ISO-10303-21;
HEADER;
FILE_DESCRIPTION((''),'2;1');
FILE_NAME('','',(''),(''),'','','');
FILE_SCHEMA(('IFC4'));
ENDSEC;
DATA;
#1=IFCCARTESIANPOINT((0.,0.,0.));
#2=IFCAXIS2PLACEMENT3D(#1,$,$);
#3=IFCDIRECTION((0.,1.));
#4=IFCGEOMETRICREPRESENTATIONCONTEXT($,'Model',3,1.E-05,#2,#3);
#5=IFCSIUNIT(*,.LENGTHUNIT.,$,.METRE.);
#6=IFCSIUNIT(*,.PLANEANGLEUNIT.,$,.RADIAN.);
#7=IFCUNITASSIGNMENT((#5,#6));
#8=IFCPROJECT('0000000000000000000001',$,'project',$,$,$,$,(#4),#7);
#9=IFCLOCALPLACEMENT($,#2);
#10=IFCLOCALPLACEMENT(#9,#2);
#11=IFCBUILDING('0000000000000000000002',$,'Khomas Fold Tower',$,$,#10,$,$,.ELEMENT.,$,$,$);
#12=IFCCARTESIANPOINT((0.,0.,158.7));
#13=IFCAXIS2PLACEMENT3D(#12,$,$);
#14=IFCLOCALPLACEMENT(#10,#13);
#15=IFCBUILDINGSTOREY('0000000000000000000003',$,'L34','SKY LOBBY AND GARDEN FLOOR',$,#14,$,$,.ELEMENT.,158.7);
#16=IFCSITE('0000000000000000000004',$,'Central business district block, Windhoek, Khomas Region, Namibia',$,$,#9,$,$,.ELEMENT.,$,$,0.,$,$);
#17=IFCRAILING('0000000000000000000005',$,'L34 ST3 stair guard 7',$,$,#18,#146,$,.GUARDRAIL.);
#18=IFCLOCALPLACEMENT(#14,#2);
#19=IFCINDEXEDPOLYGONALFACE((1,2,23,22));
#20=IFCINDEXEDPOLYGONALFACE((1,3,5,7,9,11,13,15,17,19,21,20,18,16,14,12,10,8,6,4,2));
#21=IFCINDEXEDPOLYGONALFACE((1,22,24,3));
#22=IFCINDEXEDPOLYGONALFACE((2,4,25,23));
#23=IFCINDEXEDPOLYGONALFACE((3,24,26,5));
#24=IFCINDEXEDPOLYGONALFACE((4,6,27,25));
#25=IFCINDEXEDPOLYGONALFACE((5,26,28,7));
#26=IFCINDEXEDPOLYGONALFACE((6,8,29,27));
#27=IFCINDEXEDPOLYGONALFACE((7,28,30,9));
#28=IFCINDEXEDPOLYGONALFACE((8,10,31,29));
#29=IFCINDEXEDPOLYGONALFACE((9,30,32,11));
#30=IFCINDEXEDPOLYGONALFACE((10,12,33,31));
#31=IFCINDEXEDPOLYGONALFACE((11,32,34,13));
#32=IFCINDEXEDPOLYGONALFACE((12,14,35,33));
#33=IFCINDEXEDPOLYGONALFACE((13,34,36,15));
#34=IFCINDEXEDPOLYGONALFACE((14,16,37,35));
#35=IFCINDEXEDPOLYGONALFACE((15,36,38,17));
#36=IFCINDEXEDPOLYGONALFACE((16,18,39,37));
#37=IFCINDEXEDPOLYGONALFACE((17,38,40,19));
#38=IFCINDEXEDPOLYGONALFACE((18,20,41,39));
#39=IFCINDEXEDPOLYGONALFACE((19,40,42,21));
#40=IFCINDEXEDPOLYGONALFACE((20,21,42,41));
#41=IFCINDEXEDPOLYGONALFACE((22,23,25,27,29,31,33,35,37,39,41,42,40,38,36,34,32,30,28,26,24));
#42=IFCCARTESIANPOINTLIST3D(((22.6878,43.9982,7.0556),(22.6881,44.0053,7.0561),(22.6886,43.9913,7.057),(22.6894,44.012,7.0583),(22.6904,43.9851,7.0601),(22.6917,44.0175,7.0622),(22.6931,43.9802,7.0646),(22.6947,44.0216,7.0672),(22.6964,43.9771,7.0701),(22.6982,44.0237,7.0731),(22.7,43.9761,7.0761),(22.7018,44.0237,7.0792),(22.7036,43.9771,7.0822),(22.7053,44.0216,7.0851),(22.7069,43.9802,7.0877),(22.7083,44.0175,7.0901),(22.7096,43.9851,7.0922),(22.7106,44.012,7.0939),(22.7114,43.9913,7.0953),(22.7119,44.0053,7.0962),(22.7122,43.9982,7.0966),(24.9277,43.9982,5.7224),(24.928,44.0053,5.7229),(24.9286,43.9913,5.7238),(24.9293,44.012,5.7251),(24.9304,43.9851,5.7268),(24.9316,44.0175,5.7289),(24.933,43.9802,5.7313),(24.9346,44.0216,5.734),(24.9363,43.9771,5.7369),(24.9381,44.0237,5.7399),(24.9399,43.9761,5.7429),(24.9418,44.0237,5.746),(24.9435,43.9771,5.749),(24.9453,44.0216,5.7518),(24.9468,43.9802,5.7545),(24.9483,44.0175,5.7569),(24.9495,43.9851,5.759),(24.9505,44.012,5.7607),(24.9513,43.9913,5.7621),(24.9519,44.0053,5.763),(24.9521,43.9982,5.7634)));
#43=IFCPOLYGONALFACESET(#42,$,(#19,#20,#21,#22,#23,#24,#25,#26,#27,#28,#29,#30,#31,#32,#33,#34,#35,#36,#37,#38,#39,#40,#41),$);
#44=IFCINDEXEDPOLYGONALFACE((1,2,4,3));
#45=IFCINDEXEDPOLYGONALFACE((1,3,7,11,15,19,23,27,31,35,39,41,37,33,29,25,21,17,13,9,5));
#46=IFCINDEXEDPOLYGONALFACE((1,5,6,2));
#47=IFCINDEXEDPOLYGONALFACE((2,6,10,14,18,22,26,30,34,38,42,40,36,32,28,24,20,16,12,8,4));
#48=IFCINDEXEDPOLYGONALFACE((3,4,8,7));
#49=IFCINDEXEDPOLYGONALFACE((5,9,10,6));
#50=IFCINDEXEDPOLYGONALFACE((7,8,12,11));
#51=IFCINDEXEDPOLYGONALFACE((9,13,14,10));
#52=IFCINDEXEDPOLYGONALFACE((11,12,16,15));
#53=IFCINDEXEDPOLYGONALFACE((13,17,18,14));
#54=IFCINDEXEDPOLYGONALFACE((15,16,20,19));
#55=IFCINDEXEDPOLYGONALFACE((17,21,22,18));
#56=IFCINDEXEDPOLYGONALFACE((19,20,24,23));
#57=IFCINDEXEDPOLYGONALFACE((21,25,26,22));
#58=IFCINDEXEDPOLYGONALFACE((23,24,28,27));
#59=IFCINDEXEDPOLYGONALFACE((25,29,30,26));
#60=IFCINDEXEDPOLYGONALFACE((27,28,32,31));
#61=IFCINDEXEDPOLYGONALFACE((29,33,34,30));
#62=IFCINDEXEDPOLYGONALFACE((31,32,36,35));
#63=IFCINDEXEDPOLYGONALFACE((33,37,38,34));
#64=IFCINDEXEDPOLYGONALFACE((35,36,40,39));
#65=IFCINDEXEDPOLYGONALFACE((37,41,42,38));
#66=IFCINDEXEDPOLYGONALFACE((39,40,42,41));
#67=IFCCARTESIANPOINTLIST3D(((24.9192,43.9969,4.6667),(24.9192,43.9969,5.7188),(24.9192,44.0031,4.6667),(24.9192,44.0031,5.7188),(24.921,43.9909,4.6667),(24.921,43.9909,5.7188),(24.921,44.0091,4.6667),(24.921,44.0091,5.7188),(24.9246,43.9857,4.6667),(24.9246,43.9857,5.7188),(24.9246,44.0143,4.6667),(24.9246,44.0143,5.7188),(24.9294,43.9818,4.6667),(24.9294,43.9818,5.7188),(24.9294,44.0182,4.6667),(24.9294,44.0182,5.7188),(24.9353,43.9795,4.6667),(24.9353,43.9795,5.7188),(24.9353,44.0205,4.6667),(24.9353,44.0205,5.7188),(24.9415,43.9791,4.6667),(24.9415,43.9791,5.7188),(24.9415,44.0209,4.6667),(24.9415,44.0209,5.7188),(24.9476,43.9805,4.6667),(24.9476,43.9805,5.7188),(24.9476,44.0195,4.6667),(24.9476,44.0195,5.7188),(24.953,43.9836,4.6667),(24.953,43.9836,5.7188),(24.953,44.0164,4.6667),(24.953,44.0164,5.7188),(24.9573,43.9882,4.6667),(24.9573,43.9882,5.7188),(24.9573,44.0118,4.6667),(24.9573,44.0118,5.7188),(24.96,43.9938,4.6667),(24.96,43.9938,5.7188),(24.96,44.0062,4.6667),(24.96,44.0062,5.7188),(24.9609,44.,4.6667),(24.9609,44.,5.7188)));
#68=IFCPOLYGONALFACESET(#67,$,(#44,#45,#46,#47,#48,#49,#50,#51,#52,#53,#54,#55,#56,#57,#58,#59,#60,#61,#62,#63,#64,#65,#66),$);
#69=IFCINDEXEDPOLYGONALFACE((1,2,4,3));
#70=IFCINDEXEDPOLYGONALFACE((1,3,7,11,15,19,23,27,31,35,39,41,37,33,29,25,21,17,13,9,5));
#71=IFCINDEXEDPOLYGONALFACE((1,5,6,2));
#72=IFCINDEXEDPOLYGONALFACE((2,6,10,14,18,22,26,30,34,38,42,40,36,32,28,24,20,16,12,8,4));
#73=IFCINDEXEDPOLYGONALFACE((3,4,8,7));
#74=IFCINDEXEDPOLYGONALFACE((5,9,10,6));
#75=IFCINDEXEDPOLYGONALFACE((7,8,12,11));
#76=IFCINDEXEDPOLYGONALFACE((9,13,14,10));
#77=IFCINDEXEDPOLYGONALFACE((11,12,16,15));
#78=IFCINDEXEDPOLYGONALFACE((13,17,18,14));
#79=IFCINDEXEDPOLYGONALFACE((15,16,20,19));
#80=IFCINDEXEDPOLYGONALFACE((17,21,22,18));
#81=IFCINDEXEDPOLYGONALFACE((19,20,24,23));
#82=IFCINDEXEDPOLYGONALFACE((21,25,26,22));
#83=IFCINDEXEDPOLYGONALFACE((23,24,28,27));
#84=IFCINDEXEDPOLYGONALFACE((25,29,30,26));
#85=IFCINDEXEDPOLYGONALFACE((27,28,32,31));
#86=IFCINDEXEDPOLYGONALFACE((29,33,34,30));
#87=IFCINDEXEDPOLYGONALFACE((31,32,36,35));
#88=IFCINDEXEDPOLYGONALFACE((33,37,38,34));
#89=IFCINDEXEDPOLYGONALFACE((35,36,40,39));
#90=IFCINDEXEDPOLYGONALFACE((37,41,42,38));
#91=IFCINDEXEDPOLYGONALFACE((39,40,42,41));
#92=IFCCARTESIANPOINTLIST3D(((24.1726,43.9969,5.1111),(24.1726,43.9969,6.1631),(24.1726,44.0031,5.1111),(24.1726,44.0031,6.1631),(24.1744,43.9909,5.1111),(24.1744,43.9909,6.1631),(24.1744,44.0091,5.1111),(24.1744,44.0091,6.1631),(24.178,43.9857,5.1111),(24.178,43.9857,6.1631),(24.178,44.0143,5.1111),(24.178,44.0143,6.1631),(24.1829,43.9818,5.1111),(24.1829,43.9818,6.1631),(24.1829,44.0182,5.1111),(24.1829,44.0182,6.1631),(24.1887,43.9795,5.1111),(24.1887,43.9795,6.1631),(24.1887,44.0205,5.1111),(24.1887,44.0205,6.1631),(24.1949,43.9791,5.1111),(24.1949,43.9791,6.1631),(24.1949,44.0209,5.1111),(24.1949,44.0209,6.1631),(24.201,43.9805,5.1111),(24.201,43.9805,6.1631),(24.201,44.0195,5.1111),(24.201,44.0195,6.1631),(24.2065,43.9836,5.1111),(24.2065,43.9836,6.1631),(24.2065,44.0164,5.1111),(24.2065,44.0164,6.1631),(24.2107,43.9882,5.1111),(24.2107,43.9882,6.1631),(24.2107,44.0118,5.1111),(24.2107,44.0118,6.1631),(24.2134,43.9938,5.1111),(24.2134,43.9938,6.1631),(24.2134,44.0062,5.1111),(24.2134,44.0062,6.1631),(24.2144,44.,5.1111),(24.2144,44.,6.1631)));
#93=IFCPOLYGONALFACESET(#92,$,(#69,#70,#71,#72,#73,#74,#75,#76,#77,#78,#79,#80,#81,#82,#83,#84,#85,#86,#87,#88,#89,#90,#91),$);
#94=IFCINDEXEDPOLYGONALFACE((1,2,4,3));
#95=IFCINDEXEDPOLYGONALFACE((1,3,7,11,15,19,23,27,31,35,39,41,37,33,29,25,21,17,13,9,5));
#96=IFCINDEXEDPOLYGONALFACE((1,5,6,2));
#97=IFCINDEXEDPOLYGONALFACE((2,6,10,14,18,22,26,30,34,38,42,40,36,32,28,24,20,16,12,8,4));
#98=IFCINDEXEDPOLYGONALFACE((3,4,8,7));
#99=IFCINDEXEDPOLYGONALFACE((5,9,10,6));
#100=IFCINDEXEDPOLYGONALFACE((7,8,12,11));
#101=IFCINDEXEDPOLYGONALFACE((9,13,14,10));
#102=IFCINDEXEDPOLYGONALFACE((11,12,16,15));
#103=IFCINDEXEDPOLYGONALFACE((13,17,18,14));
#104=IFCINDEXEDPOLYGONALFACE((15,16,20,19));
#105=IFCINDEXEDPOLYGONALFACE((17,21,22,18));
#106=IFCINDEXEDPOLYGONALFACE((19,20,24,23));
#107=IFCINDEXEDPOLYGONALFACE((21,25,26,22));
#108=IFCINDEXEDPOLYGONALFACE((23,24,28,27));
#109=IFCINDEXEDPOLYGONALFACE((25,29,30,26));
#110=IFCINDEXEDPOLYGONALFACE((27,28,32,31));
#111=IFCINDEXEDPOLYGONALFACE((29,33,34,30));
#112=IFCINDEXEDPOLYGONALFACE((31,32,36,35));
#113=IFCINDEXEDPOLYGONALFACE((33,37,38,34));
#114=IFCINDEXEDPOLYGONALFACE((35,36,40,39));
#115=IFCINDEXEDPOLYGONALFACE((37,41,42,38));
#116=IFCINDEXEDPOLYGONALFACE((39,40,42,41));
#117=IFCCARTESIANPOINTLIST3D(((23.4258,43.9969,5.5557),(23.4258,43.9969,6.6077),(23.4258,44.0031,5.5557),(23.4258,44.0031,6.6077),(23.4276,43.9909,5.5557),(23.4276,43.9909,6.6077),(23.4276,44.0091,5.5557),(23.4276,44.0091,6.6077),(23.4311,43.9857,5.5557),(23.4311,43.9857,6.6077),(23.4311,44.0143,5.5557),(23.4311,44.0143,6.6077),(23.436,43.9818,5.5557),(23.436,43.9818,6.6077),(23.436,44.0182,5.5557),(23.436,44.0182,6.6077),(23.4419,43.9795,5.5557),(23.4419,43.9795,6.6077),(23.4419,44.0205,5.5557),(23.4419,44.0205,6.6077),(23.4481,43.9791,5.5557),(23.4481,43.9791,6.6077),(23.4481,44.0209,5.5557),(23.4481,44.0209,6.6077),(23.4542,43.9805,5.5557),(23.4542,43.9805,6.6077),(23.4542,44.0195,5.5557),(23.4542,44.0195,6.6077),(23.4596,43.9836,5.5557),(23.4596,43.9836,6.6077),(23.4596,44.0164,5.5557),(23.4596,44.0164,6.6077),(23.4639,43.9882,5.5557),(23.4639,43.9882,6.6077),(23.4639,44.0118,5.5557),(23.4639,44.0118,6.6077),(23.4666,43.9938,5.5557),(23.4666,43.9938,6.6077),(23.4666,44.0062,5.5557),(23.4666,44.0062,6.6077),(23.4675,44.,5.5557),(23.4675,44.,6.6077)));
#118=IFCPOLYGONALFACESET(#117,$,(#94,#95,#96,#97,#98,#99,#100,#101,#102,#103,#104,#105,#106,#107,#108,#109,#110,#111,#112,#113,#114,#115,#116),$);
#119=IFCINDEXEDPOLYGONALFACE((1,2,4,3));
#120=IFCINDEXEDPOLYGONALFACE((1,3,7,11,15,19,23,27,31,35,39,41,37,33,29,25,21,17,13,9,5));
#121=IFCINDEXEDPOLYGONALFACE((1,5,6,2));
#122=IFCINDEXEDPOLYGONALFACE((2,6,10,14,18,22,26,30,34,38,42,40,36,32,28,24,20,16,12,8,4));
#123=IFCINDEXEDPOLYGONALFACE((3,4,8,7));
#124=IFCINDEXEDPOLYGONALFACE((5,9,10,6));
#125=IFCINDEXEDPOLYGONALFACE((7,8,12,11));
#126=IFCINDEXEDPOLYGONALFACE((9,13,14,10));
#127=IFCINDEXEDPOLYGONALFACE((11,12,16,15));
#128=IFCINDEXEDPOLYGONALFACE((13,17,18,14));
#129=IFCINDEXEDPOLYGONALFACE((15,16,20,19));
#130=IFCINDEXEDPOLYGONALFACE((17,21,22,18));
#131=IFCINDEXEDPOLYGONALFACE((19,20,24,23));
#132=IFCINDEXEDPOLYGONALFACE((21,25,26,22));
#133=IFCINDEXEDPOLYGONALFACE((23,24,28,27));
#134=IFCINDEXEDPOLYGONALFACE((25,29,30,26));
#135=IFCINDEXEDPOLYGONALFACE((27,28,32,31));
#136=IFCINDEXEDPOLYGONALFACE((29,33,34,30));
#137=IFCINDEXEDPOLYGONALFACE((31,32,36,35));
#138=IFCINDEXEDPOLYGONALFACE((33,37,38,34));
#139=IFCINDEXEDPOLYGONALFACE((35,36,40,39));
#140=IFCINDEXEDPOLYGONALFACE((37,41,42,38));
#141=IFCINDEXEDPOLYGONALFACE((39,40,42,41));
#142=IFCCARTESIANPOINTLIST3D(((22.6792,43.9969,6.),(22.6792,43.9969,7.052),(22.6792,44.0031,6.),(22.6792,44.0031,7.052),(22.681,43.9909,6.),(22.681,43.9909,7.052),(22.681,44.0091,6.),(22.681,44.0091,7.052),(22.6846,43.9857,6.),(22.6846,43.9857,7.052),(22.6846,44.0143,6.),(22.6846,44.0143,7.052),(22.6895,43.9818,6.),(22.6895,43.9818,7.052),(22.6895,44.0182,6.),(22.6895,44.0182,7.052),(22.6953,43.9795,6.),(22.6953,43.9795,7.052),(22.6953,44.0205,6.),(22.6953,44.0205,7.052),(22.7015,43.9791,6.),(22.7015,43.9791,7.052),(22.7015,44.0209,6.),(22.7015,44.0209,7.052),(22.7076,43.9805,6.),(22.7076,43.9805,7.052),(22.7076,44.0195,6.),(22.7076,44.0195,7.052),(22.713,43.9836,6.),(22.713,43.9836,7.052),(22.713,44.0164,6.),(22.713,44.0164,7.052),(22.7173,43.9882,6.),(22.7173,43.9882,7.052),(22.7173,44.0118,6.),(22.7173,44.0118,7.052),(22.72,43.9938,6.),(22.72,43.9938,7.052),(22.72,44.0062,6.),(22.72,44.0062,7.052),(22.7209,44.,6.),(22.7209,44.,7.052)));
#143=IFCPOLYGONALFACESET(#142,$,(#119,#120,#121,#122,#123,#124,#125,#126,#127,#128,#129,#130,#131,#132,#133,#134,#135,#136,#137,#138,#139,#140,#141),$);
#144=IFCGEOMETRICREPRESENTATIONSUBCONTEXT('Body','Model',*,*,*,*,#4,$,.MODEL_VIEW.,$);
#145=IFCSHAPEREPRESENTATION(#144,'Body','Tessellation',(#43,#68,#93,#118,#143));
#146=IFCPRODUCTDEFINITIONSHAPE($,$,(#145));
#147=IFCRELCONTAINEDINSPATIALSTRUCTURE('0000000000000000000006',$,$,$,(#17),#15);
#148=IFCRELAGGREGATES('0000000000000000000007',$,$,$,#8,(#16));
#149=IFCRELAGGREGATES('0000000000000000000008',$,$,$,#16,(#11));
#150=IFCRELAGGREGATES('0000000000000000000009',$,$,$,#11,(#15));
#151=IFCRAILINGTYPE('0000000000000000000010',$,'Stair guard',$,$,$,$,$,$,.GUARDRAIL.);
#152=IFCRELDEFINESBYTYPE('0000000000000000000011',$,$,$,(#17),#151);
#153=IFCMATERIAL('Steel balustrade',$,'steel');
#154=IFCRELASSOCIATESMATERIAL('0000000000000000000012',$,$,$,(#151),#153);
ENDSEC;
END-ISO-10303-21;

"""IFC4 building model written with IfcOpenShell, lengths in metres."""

from ifc_helpers import new_model, si_unit, direction, frame, origin, origin_2d, place, context, subcontext, project, spatial, circle, extrude, source, transform, mapped, material, type_object, element, save


model = new_model("IFC4")

# Units and contexts
model_context = context("Model", 3, precision=1e-05, world=origin(), true_north=direction((0.0, 1.0)))
body_context = subcontext(model_context, "Body", "Model", "MODEL_VIEW")
ifc_project = project(units=[si_unit("LENGTHUNIT", "METRE"), si_unit("PLANEANGLEUNIT", "RADIAN")], contexts=[model_context])

# Site, building, storey
site_placement = place(None, origin())
site = spatial("IfcSite", under=ifc_project, at=site_placement, Name="Central business district block, Windhoek, Khomas Region, Namibia", CompositionType="ELEMENT", RefElevation=0.0)
building_placement = place(site_placement, origin())
building = spatial("IfcBuilding", under=site, at=building_placement, Name="Khomas Fold Tower", CompositionType="ELEMENT")
storey_placement = place(building_placement, frame((0.0, 0.0, 158.7)))
storey = spatial("IfcBuildingStorey", under=building, at=storey_placement, Name="L34", Description="SKY LOBBY AND GARDEN FLOOR", CompositionType="ELEMENT", Elevation=158.7)

# Railing
ifc_material_1 = material(Name="Steel balustrade", Category="steel")
railing_type_1 = type_object("IfcRailingType", Name="Stair guard", PredefinedType="GUARDRAIL", material=ifc_material_1)
shared_shape_1 = source(origin(), body_context, "Body", "SweptSolid", [
    extrude(circle(Radius=0.0239, at=origin_2d()), frame((0.0, 0.0, 1.0762), z_axis=(-0.859306, 0.0, 0.511462), x_axis=(0.0, -1.0, 0.0)), (0.0, 0.0, 1.0), 2.6067),
    extrude(circle(Radius=0.021, at=origin_2d()), origin(), (0.0, 0.0, 1.0), 1.052),
    extrude(circle(Radius=0.021, at=origin_2d()), frame((-0.7466, 0.0, 0.4443)), (0.0, 0.0, 1.0), 1.052),
    extrude(circle(Radius=0.021, at=origin_2d()), frame((-1.4934, 0.0, 0.8889)), (0.0, 0.0, 1.0), 1.052),
    extrude(circle(Radius=0.021, at=origin_2d()), frame((-2.24, 0.0, 1.3333)), (0.0, 0.0, 1.0), 1.052),
])
for number, where, name in (
    (1, (24.9399, 44.0, 4.6667), "L34 ST3 stair guard 7"),
):
    element("IfcRailing", number, at=place(storey_placement, frame(where)), inside=storey, type_object=railing_type_1, Name=name, PredefinedType="GUARDRAIL", context=body_context, shape_type="MappedRepresentation", body=[
        mapped(shared_shape_1, transform((0.0, 0.0, 0.0))),
    ])

save(model, "model.ifc")
